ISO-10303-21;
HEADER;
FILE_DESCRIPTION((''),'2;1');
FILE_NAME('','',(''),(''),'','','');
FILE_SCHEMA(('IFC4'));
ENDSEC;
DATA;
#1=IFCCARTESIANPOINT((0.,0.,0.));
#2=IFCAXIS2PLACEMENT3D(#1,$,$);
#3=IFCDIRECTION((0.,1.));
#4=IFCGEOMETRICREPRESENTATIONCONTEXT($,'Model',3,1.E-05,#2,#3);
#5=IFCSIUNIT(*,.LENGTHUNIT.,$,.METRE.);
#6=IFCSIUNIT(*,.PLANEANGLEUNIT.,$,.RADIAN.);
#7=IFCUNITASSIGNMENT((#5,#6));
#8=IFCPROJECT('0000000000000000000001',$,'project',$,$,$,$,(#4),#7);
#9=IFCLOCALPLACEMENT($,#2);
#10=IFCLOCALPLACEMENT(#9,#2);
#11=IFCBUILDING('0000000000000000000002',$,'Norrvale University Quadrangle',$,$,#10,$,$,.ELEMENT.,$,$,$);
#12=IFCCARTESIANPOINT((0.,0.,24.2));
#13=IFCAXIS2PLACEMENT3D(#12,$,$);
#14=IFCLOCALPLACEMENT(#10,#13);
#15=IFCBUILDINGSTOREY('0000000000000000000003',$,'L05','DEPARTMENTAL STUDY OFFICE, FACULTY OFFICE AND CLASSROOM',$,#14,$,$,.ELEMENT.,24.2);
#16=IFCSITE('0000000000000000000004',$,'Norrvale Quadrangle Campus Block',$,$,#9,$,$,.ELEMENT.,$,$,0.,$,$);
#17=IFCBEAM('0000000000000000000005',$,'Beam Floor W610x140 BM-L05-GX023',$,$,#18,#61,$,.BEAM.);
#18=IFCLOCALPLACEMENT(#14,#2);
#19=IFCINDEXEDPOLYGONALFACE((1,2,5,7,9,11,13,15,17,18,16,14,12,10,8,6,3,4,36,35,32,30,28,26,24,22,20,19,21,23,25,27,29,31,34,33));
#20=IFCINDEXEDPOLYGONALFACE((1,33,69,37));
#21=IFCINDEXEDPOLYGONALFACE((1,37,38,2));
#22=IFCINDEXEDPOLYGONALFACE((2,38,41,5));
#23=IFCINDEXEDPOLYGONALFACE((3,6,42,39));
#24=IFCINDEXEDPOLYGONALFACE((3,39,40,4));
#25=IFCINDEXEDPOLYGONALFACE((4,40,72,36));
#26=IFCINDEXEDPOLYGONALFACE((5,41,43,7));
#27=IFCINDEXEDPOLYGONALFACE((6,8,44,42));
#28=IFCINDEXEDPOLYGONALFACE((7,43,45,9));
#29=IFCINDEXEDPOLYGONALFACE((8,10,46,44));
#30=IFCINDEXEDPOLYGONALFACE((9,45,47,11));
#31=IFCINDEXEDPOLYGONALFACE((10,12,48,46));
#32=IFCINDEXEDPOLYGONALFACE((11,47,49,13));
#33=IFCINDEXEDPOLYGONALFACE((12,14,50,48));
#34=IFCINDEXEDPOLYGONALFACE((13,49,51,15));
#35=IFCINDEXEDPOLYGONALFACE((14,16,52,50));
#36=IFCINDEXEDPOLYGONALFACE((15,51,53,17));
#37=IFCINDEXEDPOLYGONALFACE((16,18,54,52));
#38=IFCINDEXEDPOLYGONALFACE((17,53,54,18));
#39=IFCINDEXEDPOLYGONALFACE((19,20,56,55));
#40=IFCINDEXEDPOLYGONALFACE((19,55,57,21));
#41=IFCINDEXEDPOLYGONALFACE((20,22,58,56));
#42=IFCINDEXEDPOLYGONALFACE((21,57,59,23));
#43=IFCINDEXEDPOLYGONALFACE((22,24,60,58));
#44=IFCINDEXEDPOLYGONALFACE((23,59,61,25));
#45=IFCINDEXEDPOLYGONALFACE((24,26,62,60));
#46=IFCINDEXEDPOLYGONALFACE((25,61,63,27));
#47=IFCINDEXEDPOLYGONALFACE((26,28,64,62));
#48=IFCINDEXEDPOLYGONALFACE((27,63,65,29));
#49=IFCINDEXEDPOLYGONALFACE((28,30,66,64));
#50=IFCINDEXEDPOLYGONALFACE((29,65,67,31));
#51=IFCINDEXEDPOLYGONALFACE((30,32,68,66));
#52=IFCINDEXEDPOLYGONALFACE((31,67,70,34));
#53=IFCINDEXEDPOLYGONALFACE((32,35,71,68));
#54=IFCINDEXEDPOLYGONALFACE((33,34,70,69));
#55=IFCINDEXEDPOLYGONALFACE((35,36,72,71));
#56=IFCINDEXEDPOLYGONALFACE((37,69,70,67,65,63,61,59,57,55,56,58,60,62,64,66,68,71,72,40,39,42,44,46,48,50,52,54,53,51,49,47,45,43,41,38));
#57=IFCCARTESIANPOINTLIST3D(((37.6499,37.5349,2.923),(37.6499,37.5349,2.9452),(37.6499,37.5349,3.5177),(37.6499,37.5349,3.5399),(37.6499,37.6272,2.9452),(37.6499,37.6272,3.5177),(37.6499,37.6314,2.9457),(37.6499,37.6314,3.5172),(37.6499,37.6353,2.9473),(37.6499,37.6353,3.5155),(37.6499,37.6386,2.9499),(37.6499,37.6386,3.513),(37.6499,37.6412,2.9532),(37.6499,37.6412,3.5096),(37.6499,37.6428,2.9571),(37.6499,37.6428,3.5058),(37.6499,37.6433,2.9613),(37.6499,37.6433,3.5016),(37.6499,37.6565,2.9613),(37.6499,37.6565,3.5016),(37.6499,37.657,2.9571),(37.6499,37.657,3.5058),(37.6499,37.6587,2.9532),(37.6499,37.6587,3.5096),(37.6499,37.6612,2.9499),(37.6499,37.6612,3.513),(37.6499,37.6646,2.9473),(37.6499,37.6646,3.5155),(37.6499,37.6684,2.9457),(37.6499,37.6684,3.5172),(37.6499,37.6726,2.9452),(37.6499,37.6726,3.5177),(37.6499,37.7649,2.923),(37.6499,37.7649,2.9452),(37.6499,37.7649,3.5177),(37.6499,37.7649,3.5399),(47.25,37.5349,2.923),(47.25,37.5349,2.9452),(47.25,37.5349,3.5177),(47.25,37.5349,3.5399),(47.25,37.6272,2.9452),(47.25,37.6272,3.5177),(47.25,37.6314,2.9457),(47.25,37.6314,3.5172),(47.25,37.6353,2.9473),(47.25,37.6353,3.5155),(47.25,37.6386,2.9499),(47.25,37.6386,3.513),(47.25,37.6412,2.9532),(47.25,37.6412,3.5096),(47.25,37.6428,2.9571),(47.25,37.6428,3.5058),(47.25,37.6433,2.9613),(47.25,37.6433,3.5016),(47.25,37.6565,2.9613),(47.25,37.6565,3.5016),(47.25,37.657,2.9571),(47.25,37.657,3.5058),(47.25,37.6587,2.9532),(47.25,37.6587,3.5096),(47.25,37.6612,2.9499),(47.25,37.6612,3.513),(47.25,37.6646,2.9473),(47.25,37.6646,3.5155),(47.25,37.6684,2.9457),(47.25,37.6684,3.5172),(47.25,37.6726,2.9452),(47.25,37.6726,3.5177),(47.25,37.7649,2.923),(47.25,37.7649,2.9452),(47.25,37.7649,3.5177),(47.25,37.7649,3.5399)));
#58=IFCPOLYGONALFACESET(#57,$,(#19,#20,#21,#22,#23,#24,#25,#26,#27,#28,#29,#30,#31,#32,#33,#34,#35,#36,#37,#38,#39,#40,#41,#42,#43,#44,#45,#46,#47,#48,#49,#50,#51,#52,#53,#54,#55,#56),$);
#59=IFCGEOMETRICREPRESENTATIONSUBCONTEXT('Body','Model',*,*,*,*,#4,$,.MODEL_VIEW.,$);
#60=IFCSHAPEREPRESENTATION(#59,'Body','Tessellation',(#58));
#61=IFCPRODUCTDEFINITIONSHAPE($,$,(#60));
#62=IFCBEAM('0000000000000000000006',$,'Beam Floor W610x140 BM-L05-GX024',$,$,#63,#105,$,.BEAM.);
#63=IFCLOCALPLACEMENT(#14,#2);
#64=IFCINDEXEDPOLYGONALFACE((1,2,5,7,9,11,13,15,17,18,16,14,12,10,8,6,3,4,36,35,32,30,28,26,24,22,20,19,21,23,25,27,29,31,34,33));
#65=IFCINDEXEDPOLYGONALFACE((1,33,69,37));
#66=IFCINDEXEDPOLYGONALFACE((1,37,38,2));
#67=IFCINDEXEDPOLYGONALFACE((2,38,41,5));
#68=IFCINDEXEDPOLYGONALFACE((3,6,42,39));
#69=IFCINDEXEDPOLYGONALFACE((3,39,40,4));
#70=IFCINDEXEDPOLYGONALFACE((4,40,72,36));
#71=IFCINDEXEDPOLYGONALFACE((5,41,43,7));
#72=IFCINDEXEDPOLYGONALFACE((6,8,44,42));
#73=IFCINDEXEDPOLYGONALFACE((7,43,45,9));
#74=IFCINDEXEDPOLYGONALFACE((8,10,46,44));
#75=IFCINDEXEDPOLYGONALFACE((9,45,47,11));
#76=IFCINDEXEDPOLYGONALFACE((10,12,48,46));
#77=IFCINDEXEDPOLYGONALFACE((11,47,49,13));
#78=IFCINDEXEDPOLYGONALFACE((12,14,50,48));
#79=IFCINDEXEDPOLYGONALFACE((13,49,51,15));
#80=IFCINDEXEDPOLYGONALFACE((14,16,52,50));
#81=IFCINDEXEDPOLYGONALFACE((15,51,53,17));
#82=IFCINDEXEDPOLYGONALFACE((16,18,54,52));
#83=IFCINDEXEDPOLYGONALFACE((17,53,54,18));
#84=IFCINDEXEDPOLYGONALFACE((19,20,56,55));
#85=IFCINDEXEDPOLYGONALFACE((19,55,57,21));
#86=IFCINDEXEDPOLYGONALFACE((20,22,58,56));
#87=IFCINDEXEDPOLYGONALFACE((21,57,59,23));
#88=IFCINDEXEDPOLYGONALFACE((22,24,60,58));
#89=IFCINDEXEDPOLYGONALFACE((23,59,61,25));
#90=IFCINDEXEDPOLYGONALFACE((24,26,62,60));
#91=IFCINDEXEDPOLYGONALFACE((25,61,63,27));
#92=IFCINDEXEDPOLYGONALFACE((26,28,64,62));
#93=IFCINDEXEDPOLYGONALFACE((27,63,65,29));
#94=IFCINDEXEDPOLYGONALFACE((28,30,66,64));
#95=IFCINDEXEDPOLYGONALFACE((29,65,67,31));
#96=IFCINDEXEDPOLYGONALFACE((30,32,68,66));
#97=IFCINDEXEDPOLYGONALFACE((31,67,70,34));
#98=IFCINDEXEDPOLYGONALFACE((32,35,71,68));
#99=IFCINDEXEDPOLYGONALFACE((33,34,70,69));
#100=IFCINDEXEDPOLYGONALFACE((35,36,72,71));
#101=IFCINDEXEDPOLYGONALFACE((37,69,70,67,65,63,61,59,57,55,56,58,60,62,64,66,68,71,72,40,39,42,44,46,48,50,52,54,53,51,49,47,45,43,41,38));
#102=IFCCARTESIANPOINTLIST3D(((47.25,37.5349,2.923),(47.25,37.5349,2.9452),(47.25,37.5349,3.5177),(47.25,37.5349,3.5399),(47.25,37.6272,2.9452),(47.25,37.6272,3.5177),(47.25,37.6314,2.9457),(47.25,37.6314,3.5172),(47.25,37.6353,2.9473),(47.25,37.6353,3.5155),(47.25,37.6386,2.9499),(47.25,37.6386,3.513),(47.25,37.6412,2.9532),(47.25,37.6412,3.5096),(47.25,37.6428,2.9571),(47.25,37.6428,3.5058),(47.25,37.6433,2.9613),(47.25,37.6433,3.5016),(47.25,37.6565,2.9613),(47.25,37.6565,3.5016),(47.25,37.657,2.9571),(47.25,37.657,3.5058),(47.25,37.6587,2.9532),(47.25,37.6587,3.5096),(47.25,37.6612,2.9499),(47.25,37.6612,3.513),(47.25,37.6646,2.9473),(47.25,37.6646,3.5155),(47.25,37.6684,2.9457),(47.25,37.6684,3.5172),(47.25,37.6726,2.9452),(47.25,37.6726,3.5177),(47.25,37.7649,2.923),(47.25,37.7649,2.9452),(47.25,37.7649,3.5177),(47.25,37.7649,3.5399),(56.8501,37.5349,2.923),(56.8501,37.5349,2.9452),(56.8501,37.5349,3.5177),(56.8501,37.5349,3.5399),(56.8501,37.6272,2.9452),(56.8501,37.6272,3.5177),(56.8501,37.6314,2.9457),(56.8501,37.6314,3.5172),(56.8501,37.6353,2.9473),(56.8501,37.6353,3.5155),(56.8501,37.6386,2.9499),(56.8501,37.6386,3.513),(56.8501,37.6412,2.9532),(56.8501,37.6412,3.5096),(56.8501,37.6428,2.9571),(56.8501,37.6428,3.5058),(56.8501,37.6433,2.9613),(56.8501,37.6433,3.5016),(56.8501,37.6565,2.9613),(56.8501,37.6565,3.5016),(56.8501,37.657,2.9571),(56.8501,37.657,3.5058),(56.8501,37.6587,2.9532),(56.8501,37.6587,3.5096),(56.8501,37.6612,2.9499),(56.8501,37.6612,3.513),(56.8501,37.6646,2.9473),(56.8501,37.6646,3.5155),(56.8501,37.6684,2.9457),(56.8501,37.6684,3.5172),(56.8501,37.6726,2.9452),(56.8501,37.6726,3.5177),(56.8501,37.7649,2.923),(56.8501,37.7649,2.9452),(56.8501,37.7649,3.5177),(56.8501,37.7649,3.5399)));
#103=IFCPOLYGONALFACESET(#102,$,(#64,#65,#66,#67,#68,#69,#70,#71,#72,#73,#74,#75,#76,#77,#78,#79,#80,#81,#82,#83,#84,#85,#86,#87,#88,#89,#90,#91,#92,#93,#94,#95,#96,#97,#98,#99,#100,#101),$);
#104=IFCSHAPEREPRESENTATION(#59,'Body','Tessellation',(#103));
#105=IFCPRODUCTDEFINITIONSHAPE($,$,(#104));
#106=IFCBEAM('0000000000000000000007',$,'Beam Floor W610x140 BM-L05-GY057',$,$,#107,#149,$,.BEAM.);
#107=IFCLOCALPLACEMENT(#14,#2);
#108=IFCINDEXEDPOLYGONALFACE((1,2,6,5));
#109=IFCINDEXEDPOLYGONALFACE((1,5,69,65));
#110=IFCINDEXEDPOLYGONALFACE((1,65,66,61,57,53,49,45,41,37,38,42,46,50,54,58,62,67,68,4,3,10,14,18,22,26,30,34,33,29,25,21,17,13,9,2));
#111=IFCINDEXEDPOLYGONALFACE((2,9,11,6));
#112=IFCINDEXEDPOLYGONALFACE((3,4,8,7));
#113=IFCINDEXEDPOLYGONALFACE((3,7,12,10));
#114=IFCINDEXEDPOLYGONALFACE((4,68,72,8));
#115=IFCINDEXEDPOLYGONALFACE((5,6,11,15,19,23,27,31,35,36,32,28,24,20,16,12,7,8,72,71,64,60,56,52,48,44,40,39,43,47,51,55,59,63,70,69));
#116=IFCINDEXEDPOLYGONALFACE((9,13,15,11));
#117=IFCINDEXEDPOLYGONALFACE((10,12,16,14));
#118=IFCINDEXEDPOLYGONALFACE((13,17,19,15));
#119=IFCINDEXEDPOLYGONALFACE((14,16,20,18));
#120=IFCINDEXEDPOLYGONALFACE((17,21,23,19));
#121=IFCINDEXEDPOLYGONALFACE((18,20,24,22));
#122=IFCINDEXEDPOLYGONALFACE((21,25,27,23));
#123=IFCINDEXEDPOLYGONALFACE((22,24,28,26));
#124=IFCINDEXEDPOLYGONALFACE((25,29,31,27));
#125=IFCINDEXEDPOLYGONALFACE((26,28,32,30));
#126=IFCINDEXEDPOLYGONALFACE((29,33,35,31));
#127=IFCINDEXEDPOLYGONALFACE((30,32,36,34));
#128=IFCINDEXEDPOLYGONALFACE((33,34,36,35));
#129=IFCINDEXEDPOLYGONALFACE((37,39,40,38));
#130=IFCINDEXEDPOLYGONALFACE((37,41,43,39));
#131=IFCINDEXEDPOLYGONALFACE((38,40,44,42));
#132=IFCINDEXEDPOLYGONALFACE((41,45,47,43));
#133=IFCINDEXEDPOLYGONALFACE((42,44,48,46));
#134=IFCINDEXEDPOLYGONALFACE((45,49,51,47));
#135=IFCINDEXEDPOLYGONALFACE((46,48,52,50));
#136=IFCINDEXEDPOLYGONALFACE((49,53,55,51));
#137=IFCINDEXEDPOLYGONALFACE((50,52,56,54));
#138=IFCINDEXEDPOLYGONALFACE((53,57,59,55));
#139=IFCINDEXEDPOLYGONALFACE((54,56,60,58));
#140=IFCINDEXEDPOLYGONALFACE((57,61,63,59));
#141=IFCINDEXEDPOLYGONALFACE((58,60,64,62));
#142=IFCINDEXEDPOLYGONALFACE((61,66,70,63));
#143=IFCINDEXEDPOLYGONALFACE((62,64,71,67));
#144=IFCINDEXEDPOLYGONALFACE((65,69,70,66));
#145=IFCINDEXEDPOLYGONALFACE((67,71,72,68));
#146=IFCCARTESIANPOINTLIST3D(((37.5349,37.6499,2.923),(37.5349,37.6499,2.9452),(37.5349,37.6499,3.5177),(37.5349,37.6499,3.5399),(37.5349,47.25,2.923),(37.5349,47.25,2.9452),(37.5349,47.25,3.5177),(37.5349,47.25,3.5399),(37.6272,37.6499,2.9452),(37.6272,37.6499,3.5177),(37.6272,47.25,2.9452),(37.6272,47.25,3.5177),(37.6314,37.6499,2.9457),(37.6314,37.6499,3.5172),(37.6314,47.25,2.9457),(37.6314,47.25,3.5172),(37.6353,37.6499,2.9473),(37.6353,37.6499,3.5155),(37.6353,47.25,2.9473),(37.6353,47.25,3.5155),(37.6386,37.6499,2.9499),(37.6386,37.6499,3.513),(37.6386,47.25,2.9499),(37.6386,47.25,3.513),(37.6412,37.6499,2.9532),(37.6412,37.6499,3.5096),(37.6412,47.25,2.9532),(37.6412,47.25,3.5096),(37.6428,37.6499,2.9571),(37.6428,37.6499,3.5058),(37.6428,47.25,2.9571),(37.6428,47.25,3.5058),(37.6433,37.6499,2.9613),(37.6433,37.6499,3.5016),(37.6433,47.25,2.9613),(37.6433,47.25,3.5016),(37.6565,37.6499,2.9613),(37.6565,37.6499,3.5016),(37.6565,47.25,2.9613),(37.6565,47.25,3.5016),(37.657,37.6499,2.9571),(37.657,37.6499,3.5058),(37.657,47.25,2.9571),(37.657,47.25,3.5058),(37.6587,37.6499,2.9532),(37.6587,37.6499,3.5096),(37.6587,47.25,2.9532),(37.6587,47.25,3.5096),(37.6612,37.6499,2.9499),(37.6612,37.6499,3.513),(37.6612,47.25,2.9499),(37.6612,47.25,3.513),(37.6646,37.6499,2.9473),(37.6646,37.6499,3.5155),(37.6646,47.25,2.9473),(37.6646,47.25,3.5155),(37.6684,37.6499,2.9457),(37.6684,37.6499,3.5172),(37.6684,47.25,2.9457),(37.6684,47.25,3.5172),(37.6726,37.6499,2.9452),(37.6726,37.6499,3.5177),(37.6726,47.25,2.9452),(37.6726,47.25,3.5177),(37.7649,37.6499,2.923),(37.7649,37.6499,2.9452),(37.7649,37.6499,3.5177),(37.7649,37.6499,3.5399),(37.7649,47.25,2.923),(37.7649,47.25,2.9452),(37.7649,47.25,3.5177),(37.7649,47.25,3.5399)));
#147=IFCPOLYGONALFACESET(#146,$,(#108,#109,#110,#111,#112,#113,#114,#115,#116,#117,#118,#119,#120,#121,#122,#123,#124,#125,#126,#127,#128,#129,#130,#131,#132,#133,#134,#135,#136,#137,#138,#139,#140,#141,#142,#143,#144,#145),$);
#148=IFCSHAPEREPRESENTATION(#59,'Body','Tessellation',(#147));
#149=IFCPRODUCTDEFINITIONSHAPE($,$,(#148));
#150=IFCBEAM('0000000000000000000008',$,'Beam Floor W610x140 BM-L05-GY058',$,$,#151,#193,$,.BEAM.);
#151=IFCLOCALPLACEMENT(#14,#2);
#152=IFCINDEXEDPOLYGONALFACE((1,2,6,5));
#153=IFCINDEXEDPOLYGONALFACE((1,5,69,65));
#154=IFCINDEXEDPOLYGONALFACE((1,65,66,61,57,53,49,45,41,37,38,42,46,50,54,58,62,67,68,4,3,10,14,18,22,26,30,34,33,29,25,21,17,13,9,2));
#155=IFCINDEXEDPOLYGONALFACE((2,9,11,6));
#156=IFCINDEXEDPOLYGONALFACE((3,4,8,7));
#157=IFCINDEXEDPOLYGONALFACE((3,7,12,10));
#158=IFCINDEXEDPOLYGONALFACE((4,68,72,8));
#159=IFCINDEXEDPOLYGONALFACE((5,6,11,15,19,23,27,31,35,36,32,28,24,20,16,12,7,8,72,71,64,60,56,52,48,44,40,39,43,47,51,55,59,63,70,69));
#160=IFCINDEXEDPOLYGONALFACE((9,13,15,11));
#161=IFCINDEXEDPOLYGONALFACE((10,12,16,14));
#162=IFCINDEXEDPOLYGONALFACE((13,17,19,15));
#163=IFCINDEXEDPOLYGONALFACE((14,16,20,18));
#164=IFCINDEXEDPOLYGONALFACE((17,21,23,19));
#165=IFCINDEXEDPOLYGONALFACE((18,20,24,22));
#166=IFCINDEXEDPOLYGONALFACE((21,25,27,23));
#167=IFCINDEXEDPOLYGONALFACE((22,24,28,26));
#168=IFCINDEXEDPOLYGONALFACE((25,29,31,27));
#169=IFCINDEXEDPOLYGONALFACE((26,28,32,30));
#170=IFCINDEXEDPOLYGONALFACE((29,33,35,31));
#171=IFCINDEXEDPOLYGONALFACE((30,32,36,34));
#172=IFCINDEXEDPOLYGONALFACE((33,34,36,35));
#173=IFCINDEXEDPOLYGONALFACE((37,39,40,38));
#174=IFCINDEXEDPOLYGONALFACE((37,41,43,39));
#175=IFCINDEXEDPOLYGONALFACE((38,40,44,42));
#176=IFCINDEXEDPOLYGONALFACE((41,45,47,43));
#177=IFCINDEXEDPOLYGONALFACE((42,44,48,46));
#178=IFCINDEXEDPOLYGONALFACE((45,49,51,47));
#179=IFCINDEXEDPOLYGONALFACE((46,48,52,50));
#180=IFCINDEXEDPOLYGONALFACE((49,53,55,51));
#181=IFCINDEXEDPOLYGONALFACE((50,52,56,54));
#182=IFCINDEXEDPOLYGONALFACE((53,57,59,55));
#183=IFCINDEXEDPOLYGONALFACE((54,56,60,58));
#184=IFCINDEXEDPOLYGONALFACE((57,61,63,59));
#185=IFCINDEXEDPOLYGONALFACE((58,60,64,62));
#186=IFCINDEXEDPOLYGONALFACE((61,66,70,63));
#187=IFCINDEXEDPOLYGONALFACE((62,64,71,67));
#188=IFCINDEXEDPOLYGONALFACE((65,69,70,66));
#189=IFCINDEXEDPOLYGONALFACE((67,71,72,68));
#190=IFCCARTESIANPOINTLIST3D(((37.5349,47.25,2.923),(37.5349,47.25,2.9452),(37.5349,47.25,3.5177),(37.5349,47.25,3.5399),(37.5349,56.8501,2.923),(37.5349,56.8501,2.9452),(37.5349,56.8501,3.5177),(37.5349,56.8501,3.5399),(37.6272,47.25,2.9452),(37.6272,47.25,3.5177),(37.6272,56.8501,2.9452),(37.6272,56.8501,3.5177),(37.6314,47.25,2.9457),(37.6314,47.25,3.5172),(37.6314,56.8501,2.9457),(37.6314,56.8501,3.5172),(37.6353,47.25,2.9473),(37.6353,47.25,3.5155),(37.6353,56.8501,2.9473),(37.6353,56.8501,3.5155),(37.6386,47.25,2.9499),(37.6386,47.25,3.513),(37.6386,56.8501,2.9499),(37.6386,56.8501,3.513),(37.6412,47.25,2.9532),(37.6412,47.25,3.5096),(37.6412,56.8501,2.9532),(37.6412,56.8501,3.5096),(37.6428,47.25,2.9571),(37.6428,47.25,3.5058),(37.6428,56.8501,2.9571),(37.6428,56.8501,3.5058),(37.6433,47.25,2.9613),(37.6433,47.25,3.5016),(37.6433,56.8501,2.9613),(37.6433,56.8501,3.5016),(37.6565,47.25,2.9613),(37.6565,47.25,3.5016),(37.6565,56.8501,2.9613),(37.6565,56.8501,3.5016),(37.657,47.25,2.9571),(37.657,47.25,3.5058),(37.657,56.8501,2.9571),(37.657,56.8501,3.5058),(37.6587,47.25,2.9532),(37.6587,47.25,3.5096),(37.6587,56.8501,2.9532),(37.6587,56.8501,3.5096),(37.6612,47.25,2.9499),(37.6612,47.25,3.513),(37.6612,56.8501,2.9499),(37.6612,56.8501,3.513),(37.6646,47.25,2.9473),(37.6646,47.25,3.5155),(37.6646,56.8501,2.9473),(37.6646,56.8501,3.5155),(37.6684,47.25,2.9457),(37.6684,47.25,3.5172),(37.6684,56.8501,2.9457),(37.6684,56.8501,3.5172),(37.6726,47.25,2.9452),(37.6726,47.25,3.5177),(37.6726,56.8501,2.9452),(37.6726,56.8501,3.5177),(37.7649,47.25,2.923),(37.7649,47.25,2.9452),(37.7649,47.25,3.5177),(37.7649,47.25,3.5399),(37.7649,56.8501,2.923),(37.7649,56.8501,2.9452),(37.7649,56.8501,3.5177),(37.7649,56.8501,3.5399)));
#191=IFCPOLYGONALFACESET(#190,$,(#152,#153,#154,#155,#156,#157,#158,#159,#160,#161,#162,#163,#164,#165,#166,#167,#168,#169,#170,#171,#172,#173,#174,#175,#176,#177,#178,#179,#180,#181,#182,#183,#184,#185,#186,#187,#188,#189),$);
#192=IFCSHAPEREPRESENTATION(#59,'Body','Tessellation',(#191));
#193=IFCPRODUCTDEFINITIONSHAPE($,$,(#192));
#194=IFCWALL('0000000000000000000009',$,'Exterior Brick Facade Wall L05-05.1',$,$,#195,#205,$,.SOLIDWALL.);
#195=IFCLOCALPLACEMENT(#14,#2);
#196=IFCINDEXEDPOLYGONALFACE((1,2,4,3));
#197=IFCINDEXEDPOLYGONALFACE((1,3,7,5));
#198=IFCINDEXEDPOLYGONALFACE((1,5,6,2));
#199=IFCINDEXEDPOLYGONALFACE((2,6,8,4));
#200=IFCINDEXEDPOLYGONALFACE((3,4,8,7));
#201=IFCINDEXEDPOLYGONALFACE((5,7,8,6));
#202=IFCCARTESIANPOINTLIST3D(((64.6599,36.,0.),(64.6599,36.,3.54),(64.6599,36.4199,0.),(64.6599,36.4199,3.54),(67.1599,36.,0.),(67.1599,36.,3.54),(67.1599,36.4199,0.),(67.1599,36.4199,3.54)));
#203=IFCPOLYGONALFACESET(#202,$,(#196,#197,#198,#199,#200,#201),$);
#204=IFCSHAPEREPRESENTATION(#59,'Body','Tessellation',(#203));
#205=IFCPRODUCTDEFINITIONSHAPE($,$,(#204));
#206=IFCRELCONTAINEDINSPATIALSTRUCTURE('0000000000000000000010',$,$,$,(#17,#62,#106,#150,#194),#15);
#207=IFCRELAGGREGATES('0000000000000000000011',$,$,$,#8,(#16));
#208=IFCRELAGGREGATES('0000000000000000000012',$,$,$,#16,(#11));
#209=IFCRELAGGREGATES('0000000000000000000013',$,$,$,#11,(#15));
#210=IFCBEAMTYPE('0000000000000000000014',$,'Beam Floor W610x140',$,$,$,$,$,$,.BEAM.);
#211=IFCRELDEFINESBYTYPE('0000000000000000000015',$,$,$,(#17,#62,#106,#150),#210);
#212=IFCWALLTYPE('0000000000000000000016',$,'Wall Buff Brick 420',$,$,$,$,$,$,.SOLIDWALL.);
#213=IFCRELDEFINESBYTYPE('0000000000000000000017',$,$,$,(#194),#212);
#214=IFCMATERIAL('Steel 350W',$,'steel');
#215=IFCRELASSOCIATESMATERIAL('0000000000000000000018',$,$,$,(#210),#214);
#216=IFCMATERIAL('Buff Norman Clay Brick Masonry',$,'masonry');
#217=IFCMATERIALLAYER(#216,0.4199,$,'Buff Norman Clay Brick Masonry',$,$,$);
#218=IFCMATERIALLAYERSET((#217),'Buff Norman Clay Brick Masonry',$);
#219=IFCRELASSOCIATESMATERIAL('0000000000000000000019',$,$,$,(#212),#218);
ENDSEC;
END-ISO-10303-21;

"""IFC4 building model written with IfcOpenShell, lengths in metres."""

from ifc_helpers import new_model, si_unit, direction, frame, frame_2d, origin, origin_2d, place, context, subcontext, project, spatial, rectangle, i_section, extrude, material, layer, layer_set, material_profile, profile_set, type_object, element, save


model = new_model("IFC4")

# Units and contexts
model_context = context("Model", 3, precision=1e-05, world=origin(), true_north=direction((0.0, 1.0)))
body_context = subcontext(model_context, "Body", "Model", "MODEL_VIEW")
ifc_project = project(units=[si_unit("LENGTHUNIT", "METRE"), si_unit("PLANEANGLEUNIT", "RADIAN")], contexts=[model_context])

# Site, building, storey
site_placement = place(None, origin())
site = spatial("IfcSite", under=ifc_project, at=site_placement, Name="Norrvale Quadrangle Campus Block", CompositionType="ELEMENT", RefElevation=0.0)
building_placement = place(site_placement, origin())
building = spatial("IfcBuilding", under=site, at=building_placement, Name="Norrvale University Quadrangle", CompositionType="ELEMENT")
storey_placement = place(building_placement, frame((0.0, 0.0, 24.2)))
storey = spatial("IfcBuildingStorey", under=building, at=storey_placement, Name="L05", Description="DEPARTMENTAL STUDY OFFICE, FACULTY OFFICE AND CLASSROOM", CompositionType="ELEMENT", Elevation=24.2)

# Beams
ifc_material_1 = material(Name="Steel 350W", Category="steel")
ifc_material_profile_1 = material_profile(ifc_material_1, i_section(OverallWidth=0.23, OverallDepth=0.6169, WebThickness=0.0132, FlangeThickness=0.0222, FilletRadius=0.0161, at=origin_2d()), Name="Steel 350W")
ifc_profile_set_1 = profile_set([ifc_material_profile_1], Name="Steel 350W")
beam_type_1 = type_object("IfcBeamType", Name="Beam Floor W610x140", PredefinedType="BEAM", material=ifc_profile_set_1)
for number, where, z_axis, x_axis, name in (
    (1, (37.6499, 37.6499, 3.2314), (1.0, 0.0, 0.0), (0.0, 1.0, 0.0), "Beam Floor W610x140 BM-L05-GX023"),
    (2, (47.25, 37.6499, 3.2314), (1.0, 0.0, 0.0), (0.0, 1.0, 0.0), "Beam Floor W610x140 BM-L05-GX024"),
    (3, (37.6499, 37.6499, 3.2314), (0.0, 1.0, 0.0), (-1.0, 0.0, 0.0), "Beam Floor W610x140 BM-L05-GY057"),
    (4, (37.6499, 47.25, 3.2314), (0.0, 1.0, 0.0), (-1.0, 0.0, 0.0), "Beam Floor W610x140 BM-L05-GY058"),
):
    element("IfcBeam", number, at=place(storey_placement, frame(where, z_axis=z_axis, x_axis=x_axis)), inside=storey, type_object=beam_type_1, Name=name, PredefinedType="BEAM", context=body_context, shape_type="SweptSolid", body=[
        extrude(i_section(OverallWidth=0.23, OverallDepth=0.6169, WebThickness=0.0132, FlangeThickness=0.0222, FilletRadius=0.0161, at=origin_2d()), origin(), (0.0, 0.0, 1.0), 9.6001),
    ])

# Wall
ifc_material_2 = material(Name="Buff Norman Clay Brick Masonry", Category="masonry")
ifc_layer = layer(ifc_material_2, 0.4199, Name="Buff Norman Clay Brick Masonry")
ifc_layer_set = layer_set([ifc_layer], Name="Buff Norman Clay Brick Masonry")
wall_type = type_object("IfcWallType", Name="Wall Buff Brick 420", PredefinedType="SOLIDWALL", material=ifc_layer_set)
for number, where, z_axis, x_axis, name in (
    (5, (67.1599, 36.21, 0.0), (0.0, 0.0, 1.0), (-1.0, 0.0, 0.0), "Exterior Brick Facade Wall L05-05.1"),
):
    element("IfcWall", number, at=place(storey_placement, frame(where, z_axis=z_axis, x_axis=x_axis)), inside=storey, type_object=wall_type, Name=name, PredefinedType="SOLIDWALL", context=body_context, shape_type="SweptSolid", body=[
        extrude(rectangle(XDim=2.5, YDim=0.4199, at=frame_2d((1.25, 0.0))), origin(), (0.0, 0.0, 1.0), 3.54),
    ])

save(model, "model.ifc")
